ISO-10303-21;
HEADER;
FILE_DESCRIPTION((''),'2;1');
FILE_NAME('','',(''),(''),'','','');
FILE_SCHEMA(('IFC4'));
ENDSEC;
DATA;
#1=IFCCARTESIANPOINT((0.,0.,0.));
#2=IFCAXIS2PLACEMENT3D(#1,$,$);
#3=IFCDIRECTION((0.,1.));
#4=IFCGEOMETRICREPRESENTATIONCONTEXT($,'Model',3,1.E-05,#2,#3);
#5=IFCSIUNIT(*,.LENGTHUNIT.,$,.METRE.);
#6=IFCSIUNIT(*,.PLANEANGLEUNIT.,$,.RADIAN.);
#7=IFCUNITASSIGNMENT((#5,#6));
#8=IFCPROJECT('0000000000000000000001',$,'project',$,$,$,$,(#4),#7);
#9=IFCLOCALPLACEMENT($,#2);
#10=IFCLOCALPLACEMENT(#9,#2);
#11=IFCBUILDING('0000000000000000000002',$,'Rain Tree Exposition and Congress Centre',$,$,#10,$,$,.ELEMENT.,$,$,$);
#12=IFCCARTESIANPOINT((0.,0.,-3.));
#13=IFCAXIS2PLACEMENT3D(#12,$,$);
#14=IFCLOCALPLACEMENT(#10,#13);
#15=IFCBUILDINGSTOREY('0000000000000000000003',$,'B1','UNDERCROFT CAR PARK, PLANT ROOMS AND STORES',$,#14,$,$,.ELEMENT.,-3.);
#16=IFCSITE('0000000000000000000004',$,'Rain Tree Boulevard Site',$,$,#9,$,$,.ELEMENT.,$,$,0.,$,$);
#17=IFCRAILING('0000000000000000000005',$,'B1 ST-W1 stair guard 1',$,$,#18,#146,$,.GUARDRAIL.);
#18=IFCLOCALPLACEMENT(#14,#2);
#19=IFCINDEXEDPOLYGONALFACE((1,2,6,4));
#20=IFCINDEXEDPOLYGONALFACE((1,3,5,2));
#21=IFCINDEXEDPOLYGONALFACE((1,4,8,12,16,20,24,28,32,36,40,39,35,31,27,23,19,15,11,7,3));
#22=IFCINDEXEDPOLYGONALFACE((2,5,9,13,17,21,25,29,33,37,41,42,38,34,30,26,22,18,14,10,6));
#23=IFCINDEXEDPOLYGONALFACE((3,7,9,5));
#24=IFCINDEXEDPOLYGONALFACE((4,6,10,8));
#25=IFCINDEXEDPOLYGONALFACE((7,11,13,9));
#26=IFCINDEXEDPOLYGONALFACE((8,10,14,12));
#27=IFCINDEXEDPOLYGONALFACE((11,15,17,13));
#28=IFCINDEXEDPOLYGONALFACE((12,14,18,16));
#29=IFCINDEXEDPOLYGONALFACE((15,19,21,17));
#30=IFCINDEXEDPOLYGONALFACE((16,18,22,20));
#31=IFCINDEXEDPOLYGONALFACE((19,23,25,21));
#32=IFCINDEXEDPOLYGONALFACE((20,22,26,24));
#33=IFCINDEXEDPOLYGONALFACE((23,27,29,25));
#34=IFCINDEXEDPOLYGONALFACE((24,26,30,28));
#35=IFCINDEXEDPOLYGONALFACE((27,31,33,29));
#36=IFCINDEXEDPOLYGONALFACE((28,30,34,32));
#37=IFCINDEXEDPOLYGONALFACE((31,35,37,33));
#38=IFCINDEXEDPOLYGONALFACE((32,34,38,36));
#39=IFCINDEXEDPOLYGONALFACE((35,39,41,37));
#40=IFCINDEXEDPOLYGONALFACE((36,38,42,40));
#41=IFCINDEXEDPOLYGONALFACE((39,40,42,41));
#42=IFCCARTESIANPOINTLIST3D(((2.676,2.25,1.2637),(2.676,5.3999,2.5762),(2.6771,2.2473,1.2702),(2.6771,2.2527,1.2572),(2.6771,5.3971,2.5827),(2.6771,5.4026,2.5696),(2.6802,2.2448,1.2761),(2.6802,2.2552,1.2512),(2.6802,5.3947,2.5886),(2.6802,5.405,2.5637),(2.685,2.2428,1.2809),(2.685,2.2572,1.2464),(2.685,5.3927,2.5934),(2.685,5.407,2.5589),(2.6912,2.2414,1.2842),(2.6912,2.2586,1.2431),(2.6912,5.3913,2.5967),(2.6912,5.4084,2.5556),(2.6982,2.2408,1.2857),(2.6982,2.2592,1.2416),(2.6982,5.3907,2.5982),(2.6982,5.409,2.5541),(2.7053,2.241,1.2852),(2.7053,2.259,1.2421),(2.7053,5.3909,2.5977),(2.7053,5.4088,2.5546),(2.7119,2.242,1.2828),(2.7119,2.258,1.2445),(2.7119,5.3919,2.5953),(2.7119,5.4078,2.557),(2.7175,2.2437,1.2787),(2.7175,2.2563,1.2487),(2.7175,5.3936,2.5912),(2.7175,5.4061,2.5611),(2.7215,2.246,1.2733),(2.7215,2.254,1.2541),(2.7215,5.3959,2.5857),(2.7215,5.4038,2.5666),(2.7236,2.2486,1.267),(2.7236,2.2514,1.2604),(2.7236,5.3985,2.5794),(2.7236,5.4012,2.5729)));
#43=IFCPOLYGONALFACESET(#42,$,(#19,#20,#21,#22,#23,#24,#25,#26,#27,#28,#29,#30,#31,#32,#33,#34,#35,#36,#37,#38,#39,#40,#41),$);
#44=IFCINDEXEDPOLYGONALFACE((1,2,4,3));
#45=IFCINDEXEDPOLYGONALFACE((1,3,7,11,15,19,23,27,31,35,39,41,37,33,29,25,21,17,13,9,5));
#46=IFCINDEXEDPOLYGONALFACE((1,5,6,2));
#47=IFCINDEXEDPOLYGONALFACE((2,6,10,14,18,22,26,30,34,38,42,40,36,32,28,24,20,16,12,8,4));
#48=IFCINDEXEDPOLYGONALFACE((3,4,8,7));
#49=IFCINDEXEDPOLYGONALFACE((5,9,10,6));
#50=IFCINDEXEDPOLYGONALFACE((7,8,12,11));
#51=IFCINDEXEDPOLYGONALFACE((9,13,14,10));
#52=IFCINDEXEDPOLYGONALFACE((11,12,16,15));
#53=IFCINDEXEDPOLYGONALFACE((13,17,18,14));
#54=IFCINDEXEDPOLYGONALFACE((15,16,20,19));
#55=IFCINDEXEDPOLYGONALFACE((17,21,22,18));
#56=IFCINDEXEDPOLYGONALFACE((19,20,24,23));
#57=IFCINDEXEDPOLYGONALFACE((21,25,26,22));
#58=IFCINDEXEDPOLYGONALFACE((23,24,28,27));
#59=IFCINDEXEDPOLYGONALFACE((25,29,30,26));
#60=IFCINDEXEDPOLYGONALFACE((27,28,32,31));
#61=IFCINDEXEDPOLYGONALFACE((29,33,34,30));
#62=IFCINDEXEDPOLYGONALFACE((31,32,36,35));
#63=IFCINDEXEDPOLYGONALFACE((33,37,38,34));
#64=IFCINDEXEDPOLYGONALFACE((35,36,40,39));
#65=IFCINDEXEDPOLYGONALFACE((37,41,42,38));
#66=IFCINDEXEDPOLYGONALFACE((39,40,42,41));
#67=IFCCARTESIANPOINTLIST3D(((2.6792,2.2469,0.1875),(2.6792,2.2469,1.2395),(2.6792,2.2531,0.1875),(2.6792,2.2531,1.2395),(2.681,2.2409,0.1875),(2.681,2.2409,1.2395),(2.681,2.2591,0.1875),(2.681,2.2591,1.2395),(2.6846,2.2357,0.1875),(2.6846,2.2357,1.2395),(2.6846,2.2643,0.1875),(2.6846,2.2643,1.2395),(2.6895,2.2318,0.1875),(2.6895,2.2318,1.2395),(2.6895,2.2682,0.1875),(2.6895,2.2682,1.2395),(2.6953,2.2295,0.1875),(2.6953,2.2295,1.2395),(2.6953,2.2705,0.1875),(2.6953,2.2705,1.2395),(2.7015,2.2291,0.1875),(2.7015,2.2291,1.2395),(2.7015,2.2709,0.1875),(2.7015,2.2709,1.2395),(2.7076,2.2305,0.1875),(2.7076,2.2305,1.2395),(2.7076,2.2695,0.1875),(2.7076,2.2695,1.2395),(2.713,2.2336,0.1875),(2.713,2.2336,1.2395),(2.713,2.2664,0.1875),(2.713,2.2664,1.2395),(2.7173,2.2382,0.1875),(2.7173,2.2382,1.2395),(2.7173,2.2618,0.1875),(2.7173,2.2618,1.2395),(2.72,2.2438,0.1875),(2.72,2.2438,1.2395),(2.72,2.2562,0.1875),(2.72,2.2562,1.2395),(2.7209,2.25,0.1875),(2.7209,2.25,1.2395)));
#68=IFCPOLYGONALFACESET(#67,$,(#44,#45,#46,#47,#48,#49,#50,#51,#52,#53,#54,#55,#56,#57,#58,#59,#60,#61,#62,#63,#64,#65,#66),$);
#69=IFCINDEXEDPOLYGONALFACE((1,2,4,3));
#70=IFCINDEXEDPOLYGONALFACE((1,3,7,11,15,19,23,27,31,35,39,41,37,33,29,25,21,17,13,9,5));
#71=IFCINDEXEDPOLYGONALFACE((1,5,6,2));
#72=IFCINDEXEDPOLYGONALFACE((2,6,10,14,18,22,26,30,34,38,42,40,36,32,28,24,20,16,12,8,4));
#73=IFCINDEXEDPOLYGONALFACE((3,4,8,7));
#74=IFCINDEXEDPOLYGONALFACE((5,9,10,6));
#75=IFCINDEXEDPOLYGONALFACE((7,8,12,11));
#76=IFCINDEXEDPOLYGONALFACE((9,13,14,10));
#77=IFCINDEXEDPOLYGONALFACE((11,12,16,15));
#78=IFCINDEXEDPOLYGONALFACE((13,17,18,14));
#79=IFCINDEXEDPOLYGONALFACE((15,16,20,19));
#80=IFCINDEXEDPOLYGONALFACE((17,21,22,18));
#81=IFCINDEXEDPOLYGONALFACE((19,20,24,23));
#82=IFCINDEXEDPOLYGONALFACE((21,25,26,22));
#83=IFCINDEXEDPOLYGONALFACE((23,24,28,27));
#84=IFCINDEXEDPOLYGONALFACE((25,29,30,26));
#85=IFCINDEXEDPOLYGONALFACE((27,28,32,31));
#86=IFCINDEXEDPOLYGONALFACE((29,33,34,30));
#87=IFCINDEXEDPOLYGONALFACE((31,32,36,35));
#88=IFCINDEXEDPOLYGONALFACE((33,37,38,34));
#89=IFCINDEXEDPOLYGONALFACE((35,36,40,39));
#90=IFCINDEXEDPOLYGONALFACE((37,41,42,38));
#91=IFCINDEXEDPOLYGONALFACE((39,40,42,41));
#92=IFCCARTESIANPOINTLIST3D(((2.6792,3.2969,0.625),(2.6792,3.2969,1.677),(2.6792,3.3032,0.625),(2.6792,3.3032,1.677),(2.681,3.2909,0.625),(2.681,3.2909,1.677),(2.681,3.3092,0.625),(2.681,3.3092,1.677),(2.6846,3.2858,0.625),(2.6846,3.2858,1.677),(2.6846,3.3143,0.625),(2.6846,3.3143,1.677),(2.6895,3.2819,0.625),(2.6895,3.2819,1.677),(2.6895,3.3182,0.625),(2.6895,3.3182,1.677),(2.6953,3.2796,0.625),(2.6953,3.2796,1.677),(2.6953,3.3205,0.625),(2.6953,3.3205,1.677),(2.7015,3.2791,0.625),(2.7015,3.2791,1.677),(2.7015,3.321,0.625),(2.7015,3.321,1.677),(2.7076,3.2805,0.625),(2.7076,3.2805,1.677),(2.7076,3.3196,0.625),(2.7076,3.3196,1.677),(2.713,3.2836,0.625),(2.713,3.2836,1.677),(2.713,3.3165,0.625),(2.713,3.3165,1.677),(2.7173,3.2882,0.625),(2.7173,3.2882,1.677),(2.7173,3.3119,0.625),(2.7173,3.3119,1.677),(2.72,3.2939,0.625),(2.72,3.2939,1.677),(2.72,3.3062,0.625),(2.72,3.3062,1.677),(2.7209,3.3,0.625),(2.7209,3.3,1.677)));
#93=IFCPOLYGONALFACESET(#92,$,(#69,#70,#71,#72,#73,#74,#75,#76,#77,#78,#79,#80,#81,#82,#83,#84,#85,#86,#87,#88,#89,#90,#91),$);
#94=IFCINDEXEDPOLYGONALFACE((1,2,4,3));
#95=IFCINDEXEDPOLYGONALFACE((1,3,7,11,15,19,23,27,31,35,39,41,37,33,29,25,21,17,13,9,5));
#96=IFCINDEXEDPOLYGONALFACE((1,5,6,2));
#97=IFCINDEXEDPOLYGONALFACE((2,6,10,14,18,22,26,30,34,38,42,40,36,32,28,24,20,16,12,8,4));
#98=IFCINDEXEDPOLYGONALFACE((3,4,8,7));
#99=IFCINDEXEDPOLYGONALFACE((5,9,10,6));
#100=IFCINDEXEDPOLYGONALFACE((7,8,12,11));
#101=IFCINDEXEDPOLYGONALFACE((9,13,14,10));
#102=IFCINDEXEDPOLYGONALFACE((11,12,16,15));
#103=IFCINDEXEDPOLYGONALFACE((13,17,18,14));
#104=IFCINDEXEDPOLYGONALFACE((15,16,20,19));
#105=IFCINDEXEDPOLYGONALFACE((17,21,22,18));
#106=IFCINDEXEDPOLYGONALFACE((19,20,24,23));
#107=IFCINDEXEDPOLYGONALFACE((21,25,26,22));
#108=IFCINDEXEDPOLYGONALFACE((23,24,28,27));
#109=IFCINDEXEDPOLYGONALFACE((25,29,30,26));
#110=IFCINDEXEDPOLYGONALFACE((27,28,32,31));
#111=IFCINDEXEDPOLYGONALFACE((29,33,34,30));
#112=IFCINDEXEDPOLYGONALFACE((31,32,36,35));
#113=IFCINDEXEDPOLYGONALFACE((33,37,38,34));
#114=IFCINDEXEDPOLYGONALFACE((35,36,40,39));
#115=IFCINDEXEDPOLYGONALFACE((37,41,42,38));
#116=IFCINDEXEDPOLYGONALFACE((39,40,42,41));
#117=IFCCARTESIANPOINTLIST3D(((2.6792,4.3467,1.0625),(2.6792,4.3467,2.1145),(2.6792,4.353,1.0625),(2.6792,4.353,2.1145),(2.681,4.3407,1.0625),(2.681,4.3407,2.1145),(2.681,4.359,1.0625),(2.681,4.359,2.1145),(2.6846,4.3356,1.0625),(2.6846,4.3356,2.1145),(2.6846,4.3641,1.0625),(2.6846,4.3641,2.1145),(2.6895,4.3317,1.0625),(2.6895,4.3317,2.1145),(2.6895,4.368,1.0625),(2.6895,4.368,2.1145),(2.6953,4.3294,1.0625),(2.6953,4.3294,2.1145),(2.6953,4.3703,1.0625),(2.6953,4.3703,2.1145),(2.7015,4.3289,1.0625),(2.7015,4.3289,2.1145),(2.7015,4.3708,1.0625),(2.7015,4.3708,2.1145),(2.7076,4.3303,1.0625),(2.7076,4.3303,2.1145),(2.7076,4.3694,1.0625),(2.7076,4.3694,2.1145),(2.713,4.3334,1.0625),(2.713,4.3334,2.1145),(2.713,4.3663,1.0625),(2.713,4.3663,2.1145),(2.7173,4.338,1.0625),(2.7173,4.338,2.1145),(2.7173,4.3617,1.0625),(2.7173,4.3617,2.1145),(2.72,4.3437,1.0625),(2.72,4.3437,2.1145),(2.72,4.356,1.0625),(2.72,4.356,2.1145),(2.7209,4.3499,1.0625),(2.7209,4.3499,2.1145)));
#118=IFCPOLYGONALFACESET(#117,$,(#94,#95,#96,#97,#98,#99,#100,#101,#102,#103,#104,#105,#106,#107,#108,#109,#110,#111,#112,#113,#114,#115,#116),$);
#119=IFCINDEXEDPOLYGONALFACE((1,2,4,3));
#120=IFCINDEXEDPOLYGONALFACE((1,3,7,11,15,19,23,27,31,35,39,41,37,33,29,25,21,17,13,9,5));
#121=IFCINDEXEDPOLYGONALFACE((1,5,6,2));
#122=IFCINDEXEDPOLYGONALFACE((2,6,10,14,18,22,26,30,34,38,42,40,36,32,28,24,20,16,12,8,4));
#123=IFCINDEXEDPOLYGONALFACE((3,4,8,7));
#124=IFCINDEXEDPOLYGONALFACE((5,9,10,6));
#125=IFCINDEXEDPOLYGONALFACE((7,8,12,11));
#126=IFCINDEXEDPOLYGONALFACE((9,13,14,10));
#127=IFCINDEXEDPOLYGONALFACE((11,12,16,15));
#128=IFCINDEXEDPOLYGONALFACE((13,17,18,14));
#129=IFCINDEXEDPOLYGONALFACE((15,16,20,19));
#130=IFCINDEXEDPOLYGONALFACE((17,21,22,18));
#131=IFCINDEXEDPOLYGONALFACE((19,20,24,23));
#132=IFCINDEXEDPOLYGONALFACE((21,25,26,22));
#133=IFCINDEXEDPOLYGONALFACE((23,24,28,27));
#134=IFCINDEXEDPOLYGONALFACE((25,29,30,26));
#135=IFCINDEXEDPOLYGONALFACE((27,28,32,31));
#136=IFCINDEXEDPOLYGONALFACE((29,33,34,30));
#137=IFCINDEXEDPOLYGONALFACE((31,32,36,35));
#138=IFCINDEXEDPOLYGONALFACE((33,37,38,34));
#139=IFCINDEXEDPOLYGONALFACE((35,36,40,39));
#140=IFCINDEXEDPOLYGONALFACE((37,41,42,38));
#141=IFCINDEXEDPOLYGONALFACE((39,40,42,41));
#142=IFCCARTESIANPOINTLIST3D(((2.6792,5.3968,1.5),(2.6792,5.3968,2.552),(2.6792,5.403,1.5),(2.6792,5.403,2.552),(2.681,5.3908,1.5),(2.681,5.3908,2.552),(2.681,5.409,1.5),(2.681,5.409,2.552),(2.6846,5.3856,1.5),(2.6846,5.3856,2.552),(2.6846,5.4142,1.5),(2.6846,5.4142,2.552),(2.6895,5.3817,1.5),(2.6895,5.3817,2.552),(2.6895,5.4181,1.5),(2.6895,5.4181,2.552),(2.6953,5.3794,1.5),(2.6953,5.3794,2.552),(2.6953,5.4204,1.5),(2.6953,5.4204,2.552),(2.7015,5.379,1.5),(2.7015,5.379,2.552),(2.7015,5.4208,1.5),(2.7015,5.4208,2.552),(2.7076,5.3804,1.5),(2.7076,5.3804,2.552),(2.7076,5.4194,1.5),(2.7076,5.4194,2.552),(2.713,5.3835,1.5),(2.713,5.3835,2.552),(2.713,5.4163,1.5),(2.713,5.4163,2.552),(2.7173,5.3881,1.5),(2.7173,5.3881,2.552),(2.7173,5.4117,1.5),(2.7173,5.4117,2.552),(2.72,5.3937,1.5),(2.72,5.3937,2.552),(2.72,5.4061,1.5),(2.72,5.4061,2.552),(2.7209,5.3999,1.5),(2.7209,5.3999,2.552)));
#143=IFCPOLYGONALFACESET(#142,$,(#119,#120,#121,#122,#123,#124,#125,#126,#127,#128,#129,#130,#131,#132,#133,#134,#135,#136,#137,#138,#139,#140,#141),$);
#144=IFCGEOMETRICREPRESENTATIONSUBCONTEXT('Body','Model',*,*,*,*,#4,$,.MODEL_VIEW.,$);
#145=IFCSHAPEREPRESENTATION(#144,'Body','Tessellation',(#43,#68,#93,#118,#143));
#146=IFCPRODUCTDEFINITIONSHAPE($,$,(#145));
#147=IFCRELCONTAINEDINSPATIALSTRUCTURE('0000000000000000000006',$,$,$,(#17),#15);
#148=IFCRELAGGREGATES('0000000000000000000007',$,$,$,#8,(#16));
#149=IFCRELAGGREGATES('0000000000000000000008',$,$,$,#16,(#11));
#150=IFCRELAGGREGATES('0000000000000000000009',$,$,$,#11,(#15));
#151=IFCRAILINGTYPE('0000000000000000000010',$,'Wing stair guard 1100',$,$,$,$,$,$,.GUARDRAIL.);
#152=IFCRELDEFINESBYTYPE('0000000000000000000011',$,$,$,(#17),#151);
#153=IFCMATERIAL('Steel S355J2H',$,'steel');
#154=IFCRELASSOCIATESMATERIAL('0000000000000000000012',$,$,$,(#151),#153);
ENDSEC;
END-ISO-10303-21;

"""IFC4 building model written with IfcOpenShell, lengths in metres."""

from ifc_helpers import new_model, si_unit, direction, frame, origin, origin_2d, place, context, subcontext, project, spatial, circle, extrude, material, type_object, element, save


model = new_model("IFC4")

# Units and contexts
model_context = context("Model", 3, precision=1e-05, world=origin(), true_north=direction((0.0, 1.0)))
body_context = subcontext(model_context, "Body", "Model", "MODEL_VIEW")
ifc_project = project(units=[si_unit("LENGTHUNIT", "METRE"), si_unit("PLANEANGLEUNIT", "RADIAN")], contexts=[model_context])

# Site, building, storey
site_placement = place(None, origin())
site = spatial("IfcSite", under=ifc_project, at=site_placement, Name="Rain Tree Boulevard Site", CompositionType="ELEMENT", RefElevation=0.0)
building_placement = place(site_placement, origin())
building = spatial("IfcBuilding", under=site, at=building_placement, Name="Rain Tree Exposition and Congress Centre", CompositionType="ELEMENT")
storey_placement = place(building_placement, frame((0.0, 0.0, -3.0)))
storey = spatial("IfcBuildingStorey", under=building, at=storey_placement, Name="B1", Description="UNDERCROFT CAR PARK, PLANT ROOMS AND STORES", CompositionType="ELEMENT", Elevation=-3.0)

# Railing
ifc_material_1 = material(Name="Steel S355J2H", Category="steel")
railing_type_1 = type_object("IfcRailingType", Name="Wing stair guard 1100", PredefinedType="GUARDRAIL", material=ifc_material_1)
railing_1_placement = place(storey_placement, frame((2.7, 2.25, 0.1875)))
element("IfcRailing", 1, at=railing_1_placement, inside=storey, type_object=railing_type_1, Name="B1 ST-W1 stair guard 1", PredefinedType="GUARDRAIL", context=body_context, shape_type="SweptSolid", body=[
    extrude(circle(Radius=0.0239, at=origin_2d()), frame((0.0, 0.0, 1.0762), z_axis=(0.0, 0.923073, 0.384626), x_axis=(-1.0, 0.0, 0.0)), (0.0, 0.0, 1.0), 3.4124),
    extrude(circle(Radius=0.021, at=origin_2d()), origin(), (0.0, 0.0, 1.0), 1.052),
    extrude(circle(Radius=0.021, at=origin_2d()), frame((0.0, 1.05, 0.4375)), (0.0, 0.0, 1.0), 1.052),
    extrude(circle(Radius=0.021, at=origin_2d()), frame((0.0, 2.0999, 0.875)), (0.0, 0.0, 1.0), 1.052),
    extrude(circle(Radius=0.021, at=origin_2d()), frame((0.0, 3.1499, 1.3125)), (0.0, 0.0, 1.0), 1.052),
])

save(model, "model.ifc")
